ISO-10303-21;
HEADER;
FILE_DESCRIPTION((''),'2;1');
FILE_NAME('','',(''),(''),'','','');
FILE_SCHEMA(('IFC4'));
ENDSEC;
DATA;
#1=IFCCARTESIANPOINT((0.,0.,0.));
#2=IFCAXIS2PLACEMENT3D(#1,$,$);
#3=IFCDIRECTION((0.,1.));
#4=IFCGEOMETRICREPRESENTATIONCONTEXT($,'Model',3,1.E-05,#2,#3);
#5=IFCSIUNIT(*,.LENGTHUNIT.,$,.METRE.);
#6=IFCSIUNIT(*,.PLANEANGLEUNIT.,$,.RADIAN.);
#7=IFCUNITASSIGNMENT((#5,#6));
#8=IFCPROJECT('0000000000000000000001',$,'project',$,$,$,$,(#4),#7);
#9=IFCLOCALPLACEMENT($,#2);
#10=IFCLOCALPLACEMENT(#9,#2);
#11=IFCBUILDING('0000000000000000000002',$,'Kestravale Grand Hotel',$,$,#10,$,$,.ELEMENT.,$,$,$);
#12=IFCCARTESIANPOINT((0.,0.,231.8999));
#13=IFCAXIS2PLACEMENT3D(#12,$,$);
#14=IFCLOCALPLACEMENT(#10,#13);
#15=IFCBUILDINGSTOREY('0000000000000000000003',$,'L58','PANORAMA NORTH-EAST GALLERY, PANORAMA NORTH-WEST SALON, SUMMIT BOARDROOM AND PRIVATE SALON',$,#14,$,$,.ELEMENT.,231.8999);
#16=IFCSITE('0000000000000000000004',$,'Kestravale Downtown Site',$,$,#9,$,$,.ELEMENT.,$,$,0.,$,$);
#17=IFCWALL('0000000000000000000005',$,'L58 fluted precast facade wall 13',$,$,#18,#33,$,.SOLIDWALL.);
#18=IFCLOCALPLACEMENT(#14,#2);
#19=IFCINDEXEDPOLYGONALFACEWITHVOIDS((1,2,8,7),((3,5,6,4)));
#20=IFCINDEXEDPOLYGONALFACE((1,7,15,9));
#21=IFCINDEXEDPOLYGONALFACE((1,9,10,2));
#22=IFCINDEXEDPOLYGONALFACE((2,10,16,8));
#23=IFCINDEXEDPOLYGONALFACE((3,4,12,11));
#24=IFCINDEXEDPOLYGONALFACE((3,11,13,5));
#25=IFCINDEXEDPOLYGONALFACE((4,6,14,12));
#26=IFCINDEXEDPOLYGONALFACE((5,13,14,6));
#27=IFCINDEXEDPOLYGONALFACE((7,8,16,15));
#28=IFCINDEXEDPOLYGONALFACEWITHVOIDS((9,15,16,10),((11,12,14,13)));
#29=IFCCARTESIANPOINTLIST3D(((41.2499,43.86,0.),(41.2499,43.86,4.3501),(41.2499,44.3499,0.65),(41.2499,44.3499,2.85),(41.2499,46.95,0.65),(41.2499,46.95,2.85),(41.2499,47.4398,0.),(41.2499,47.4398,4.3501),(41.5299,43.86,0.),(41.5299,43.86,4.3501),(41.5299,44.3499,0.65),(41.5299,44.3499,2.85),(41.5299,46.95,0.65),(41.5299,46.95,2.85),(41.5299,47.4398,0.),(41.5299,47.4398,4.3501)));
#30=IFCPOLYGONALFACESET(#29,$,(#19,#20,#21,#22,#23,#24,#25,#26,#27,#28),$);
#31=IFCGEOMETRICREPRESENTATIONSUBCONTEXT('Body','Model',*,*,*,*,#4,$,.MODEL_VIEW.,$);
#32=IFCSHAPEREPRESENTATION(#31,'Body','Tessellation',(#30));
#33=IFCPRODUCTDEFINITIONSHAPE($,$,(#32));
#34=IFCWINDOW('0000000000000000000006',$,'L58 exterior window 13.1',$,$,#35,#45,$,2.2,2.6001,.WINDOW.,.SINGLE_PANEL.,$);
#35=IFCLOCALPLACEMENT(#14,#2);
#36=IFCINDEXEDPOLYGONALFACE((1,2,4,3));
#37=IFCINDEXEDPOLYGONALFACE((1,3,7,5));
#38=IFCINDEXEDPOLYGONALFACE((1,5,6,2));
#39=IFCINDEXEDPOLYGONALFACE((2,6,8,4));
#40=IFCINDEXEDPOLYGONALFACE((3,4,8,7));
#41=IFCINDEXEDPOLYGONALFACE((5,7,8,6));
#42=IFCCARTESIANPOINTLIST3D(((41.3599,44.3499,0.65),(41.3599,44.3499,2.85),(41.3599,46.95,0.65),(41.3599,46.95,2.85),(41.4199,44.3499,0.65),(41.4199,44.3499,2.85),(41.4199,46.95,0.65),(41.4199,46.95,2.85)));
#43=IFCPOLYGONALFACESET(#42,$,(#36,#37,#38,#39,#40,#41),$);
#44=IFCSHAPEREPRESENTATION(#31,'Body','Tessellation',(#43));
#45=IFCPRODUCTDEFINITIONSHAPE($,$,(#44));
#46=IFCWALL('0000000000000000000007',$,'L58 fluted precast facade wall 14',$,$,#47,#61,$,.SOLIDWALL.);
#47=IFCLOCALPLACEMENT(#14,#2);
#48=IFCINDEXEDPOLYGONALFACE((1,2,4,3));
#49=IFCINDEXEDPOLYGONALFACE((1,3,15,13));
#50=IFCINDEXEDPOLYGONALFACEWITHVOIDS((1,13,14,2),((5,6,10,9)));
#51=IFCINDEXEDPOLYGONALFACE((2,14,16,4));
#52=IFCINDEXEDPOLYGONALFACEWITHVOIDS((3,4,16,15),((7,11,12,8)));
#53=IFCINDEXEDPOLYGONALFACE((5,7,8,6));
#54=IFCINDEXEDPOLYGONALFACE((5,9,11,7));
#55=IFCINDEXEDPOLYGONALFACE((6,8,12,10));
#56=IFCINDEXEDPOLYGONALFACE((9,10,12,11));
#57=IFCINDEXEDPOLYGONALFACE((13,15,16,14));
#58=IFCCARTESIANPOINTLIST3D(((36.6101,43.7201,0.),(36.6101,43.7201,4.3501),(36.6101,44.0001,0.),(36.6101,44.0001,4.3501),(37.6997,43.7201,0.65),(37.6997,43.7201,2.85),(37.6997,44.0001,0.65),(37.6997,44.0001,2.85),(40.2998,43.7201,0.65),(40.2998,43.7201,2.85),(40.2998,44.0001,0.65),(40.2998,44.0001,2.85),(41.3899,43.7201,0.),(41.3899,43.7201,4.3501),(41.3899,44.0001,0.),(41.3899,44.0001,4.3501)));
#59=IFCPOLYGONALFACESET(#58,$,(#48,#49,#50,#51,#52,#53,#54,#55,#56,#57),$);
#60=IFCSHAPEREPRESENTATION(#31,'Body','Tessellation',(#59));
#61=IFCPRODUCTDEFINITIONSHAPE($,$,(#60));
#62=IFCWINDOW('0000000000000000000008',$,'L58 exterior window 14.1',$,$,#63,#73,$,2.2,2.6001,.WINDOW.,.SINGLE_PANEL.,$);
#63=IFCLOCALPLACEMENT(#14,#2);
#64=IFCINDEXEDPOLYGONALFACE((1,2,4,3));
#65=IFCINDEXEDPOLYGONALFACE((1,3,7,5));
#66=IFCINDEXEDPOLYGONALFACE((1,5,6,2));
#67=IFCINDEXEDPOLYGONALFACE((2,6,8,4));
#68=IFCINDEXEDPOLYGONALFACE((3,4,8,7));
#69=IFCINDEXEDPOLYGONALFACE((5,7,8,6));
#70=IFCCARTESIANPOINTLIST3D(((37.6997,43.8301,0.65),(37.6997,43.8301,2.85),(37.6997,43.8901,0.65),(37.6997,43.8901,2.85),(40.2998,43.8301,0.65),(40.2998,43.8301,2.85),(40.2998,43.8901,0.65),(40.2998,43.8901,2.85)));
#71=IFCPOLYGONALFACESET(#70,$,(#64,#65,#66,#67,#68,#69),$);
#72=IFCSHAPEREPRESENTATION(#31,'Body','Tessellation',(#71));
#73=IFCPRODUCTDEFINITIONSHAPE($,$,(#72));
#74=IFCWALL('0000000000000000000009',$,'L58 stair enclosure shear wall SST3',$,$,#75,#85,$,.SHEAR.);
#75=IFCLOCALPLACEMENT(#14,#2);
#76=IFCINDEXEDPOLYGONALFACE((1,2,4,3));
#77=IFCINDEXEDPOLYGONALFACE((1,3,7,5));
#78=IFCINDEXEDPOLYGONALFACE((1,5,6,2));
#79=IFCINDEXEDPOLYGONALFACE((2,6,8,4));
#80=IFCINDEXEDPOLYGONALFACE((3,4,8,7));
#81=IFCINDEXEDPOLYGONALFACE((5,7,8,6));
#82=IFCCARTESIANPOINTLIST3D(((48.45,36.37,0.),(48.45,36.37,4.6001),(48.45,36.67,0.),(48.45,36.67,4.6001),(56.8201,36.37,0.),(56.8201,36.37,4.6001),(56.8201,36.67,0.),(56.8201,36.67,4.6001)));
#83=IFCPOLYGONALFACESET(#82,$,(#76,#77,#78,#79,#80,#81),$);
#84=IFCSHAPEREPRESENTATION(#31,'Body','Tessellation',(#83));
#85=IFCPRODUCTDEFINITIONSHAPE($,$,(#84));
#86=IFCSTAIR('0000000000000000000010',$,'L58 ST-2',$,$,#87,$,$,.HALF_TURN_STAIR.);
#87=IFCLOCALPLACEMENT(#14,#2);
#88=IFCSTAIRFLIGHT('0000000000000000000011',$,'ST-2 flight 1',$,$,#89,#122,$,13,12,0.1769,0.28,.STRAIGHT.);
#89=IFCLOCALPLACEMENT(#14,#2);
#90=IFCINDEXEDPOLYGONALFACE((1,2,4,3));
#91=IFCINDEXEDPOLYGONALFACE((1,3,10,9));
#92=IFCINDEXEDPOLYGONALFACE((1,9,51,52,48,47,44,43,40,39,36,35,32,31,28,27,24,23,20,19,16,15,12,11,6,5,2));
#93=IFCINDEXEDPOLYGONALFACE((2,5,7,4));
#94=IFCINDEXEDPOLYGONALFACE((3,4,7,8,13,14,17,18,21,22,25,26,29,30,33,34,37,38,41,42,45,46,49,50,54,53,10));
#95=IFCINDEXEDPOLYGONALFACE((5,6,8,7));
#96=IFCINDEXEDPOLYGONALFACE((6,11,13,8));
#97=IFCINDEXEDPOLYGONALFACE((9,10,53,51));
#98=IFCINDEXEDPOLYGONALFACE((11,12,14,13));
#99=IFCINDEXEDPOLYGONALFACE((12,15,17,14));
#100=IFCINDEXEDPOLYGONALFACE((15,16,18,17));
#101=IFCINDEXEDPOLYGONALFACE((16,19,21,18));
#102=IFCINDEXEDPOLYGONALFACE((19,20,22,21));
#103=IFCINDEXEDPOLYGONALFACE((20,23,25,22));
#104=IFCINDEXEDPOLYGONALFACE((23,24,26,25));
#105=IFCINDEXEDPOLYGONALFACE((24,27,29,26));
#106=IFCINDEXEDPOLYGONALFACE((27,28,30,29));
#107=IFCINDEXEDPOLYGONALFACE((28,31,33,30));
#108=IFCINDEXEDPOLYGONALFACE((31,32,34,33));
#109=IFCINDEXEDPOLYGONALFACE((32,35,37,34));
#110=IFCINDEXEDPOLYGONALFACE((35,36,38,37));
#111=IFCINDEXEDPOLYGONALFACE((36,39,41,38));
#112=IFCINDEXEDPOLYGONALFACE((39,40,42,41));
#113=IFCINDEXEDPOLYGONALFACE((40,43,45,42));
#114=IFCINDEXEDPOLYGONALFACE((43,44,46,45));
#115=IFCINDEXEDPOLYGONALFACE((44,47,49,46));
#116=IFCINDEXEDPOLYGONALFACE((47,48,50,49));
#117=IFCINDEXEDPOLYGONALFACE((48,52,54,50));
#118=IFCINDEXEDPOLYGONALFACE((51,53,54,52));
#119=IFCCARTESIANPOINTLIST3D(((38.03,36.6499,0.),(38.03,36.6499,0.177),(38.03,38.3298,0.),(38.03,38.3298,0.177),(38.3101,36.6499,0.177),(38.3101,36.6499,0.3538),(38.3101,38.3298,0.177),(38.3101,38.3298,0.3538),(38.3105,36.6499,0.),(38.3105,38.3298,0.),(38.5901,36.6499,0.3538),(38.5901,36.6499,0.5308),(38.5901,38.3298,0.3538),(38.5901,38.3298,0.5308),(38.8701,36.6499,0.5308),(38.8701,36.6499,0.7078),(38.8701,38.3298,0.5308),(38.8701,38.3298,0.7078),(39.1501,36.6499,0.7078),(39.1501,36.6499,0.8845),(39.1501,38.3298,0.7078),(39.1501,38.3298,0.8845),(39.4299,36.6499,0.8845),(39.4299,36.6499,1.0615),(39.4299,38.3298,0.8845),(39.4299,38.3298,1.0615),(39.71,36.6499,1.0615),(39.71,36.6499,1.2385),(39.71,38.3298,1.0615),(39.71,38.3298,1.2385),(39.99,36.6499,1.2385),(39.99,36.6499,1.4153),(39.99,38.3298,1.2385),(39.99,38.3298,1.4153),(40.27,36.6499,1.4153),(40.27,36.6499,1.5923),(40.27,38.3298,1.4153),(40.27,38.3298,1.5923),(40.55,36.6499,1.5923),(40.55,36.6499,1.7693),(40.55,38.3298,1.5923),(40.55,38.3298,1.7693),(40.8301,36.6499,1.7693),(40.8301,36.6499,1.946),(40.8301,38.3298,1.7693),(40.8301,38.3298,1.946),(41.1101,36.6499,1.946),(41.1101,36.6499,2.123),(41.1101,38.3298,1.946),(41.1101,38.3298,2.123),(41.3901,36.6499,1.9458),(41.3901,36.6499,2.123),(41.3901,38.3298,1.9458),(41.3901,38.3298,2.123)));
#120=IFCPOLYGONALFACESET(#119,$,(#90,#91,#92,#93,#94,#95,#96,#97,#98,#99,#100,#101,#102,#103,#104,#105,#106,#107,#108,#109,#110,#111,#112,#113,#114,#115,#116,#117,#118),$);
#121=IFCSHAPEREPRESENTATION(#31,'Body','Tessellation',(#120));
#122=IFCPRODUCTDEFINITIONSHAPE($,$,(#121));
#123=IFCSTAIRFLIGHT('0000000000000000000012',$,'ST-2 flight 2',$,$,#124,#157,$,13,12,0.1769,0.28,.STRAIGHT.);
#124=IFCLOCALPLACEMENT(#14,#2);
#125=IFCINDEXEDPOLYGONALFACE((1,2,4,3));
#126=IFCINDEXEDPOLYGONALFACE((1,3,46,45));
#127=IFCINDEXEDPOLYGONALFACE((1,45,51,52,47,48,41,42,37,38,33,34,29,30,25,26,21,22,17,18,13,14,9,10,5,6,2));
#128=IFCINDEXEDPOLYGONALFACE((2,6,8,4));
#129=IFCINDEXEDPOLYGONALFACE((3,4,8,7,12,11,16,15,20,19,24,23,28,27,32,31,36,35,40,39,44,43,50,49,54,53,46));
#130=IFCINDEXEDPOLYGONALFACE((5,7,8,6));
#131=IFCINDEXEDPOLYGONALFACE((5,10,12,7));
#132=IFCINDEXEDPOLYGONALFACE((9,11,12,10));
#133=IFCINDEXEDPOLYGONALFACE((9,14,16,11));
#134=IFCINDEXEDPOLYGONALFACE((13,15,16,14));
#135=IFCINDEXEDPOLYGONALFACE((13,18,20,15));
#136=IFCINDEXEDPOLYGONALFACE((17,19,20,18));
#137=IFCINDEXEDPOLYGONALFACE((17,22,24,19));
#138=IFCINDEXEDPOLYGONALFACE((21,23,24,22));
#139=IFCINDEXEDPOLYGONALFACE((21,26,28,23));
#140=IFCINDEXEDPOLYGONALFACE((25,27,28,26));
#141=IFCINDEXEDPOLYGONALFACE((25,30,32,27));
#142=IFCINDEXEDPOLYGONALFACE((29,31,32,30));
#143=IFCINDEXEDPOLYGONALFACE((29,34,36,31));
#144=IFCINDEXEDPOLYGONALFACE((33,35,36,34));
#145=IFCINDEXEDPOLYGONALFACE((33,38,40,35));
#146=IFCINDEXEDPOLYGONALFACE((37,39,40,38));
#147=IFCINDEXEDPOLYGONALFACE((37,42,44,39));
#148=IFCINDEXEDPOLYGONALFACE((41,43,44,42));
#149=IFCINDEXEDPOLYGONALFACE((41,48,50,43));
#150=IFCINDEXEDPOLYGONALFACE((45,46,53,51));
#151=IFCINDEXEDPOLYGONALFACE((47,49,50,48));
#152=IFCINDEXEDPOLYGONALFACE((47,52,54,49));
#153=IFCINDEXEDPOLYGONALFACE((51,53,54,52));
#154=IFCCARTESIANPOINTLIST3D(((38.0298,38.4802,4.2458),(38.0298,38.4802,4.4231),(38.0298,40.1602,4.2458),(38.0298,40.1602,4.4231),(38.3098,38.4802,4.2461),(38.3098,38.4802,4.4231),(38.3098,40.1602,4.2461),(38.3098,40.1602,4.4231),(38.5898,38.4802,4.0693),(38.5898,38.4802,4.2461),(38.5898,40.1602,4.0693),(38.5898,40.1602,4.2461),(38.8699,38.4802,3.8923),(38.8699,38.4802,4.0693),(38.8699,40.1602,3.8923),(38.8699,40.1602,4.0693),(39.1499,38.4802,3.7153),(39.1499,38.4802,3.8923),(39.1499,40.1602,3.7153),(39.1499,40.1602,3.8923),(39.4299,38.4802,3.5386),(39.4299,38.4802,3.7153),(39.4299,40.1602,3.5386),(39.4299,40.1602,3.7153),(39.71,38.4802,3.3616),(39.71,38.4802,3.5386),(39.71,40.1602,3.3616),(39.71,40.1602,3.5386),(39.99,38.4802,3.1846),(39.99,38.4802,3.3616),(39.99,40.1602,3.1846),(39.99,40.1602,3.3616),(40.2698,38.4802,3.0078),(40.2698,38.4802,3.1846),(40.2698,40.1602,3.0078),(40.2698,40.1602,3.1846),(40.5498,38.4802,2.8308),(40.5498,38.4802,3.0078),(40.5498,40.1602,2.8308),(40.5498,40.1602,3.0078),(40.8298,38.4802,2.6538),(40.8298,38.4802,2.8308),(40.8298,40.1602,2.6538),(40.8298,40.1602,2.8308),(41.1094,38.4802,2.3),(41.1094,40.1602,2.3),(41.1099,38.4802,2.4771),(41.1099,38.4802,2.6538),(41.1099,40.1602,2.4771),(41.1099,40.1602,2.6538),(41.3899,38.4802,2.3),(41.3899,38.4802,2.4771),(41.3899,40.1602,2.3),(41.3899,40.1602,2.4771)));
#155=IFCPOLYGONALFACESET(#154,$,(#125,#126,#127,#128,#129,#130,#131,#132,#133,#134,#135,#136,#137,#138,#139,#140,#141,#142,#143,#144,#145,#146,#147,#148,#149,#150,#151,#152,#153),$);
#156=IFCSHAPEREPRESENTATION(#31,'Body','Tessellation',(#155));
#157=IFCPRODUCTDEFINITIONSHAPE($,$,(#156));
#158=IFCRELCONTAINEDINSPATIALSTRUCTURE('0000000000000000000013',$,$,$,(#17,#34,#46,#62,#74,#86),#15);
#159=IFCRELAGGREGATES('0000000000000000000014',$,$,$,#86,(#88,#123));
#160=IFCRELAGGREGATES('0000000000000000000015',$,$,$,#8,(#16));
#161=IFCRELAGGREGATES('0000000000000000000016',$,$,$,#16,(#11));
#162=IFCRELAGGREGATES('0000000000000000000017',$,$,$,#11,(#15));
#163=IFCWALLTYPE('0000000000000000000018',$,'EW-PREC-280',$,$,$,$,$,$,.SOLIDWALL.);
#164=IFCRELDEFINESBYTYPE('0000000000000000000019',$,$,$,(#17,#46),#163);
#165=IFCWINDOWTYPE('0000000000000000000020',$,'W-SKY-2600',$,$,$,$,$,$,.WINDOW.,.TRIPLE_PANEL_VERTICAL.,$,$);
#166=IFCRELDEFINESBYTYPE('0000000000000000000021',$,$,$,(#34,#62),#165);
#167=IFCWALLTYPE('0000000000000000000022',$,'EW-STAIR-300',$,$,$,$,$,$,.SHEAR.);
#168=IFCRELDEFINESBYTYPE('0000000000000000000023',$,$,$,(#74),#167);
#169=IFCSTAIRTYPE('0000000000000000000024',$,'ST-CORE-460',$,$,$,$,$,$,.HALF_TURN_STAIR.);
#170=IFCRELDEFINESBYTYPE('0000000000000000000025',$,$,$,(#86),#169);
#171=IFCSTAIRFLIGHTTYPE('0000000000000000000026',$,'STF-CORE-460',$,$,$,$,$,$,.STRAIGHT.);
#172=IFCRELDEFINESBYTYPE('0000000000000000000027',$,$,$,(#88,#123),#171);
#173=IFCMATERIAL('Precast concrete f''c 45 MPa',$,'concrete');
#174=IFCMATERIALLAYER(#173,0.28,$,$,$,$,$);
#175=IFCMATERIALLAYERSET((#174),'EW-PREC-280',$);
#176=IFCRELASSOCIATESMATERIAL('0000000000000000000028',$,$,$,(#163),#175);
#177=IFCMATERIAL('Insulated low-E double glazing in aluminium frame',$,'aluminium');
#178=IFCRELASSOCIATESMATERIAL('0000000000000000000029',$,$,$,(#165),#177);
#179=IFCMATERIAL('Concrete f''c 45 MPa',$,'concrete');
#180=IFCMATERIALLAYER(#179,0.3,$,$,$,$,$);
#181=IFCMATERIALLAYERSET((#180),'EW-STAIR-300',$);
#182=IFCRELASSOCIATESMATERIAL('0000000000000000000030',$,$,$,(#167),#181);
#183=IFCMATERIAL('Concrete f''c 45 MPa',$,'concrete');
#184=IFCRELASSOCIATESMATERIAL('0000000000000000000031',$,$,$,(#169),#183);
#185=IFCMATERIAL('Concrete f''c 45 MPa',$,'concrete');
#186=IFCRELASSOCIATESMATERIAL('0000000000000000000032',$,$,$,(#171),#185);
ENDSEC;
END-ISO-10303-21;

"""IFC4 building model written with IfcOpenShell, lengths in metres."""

from ifc_helpers import new_model, si_unit, direction, frame, frame_2d, origin, place, context, subcontext, project, spatial, polyline, rectangle, outline, extrude, material, layer, layer_set, type_object, element, fill, aggregate, save


model = new_model("IFC4")

# Units and contexts
model_context = context("Model", 3, precision=1e-05, world=origin(), true_north=direction((0.0, 1.0)))
body_context = subcontext(model_context, "Body", "Model", "MODEL_VIEW")
ifc_project = project(units=[si_unit("LENGTHUNIT", "METRE"), si_unit("PLANEANGLEUNIT", "RADIAN")], contexts=[model_context])

# Site, building, storey
site_placement = place(None, origin())
site = spatial("IfcSite", under=ifc_project, at=site_placement, Name="Kestravale Downtown Site", CompositionType="ELEMENT", RefElevation=0.0)
building_placement = place(site_placement, origin())
building = spatial("IfcBuilding", under=site, at=building_placement, Name="Kestravale Grand Hotel", CompositionType="ELEMENT")
storey_placement = place(building_placement, frame((0.0, 0.0, 231.8999)))
storey = spatial("IfcBuildingStorey", under=building, at=storey_placement, Name="L58", Description="PANORAMA NORTH-EAST GALLERY, PANORAMA NORTH-WEST SALON, SUMMIT BOARDROOM AND PRIVATE SALON", CompositionType="ELEMENT", Elevation=231.8999)

# Shared definitions
ifc_material_1 = material(Name="Precast concrete f'c 45 MPa", Category="concrete")
ifc_layer_1 = layer(ifc_material_1, 0.28)
ifc_layer_set_1 = layer_set([ifc_layer_1], Name="EW-PREC-280")
wall_type_1 = type_object("IfcWallType", Name="EW-PREC-280", PredefinedType="SOLIDWALL", material=ifc_layer_set_1)

# Walls, openings, windows
wall_1_placement = place(storey_placement, frame((41.3899, 47.4399, 0.0), z_axis=(0.0, 0.0, 1.0), x_axis=(0.0, -1.0, 0.0)))
wall_1 = element("IfcWall", 1, at=wall_1_placement, inside=storey, type_object=wall_type_1, Name="L58 fluted precast facade wall 13", PredefinedType="SOLIDWALL", context=body_context, shape_type="SweptSolid", body=[
    extrude(rectangle(XDim=3.5798, YDim=0.28, at=frame_2d((1.79, 0.0))), origin(), (0.0, 0.0, 1.0), 4.3501),
])
opening_1_placement = place(wall_1_placement, frame((0.49, 0.0, 0.6499)))
opening_1 = element("IfcOpeningElement", 2, at=opening_1_placement, cuts=wall_1, PredefinedType="OPENING", context=body_context, shape_type="SweptSolid", body=[
    extrude(rectangle(XDim=2.6001, YDim=2.2, at=frame_2d((1.3, 1.1001))), frame((0.0, 0.1499, 0.0), z_axis=(0.0, -1.0, 0.0), x_axis=(1.0, 0.0, 0.0)), (0.0, 0.0, 1.0), 0.3),
])
ifc_material_2 = material(Name="Insulated low-E double glazing in aluminium frame", Category="aluminium")
window_type = type_object("IfcWindowType", Name="W-SKY-2600", PartitioningType="TRIPLE_PANEL_VERTICAL", PredefinedType="WINDOW", material=ifc_material_2)
window_1_placement = place(opening_1_placement, origin())
window_1 = element("IfcWindow", 3, at=window_1_placement, inside=storey, type_object=window_type, Name="L58 exterior window 13.1", OverallHeight=2.2, OverallWidth=2.6001, PartitioningType="SINGLE_PANEL", PredefinedType="WINDOW", context=body_context, shape_type="SweptSolid", body=[
    extrude(rectangle(XDim=2.6001, YDim=2.2, at=frame_2d((1.3, 1.1001))), frame((0.0, 0.03, 0.0), z_axis=(0.0, -1.0, 0.0), x_axis=(1.0, 0.0, 0.0)), (0.0, 0.0, 1.0), 0.0601),
])
fill(opening_1, window_1)
wall_2_placement = place(storey_placement, frame((41.3899, 43.8601, 0.0), z_axis=(0.0, 0.0, 1.0), x_axis=(-1.0, 0.0, 0.0)))
wall_2 = element("IfcWall", 4, at=wall_2_placement, inside=storey, type_object=wall_type_1, Name="L58 fluted precast facade wall 14", PredefinedType="SOLIDWALL", context=body_context, shape_type="SweptSolid", body=[
    extrude(rectangle(XDim=4.7798, YDim=0.28, at=frame_2d((2.3899, 0.0))), origin(), (0.0, 0.0, 1.0), 4.3501),
])
opening_2_placement = place(wall_2_placement, frame((1.0901, 0.0, 0.6499)))
opening_2 = element("IfcOpeningElement", 5, at=opening_2_placement, cuts=wall_2, PredefinedType="OPENING", context=body_context, shape_type="SweptSolid", body=[
    extrude(rectangle(XDim=2.6001, YDim=2.2, at=frame_2d((1.3, 1.1001))), frame((0.0, 0.1499, 0.0), z_axis=(0.0, -1.0, 0.0), x_axis=(1.0, 0.0, 0.0)), (0.0, 0.0, 1.0), 0.3),
])
window_2_placement = place(opening_2_placement, origin())
window_2 = element("IfcWindow", 6, at=window_2_placement, inside=storey, type_object=window_type, Name="L58 exterior window 14.1", OverallHeight=2.2, OverallWidth=2.6001, PartitioningType="SINGLE_PANEL", PredefinedType="WINDOW", context=body_context, shape_type="SweptSolid", body=[
    extrude(rectangle(XDim=2.6001, YDim=2.2, at=frame_2d((1.3, 1.1001))), frame((0.0, 0.03, 0.0), z_axis=(0.0, -1.0, 0.0), x_axis=(1.0, 0.0, 0.0)), (0.0, 0.0, 1.0), 0.0601),
])
fill(opening_2, window_2)

# Wall
ifc_material_3 = material(Name="Concrete f'c 45 MPa", Category="concrete")
ifc_layer_2 = layer(ifc_material_3, 0.3)
ifc_layer_set_2 = layer_set([ifc_layer_2], Name="EW-STAIR-300")
wall_type_2 = type_object("IfcWallType", Name="EW-STAIR-300", PredefinedType="SHEAR", material=ifc_layer_set_2)
wall_3_placement = place(storey_placement, frame((48.45, 36.52, 0.0), z_axis=(0.0, 0.0, 1.0), x_axis=(1.0, 0.0, 0.0)))
element("IfcWall", 7, at=wall_3_placement, inside=storey, type_object=wall_type_2, Name="L58 stair enclosure shear wall SST3", PredefinedType="SHEAR", context=body_context, shape_type="SweptSolid", body=[
    extrude(rectangle(XDim=8.3701, YDim=0.3, at=frame_2d((4.1851, 0.0))), origin(), (0.0, 0.0, 1.0), 4.6001),
])

# Stair, stair flights
ifc_material_4 = material(Name="Concrete f'c 45 MPa", Category="concrete")
stair_type = type_object("IfcStairType", Name="ST-CORE-460", PredefinedType="HALF_TURN_STAIR", material=ifc_material_4)
stair_placement = place(storey_placement, origin())
stair = element("IfcStair", 8, at=stair_placement, inside=storey, type_object=stair_type, Name="L58 ST-2", PredefinedType="HALF_TURN_STAIR")
ifc_material_5 = material(Name="Concrete f'c 45 MPa", Category="concrete")
stair_flight_type = type_object("IfcStairFlightType", Name="STF-CORE-460", PredefinedType="STRAIGHT", material=ifc_material_5)
stair_flight_1_placement = place(storey_placement, frame((38.03, 37.49, 0.0), z_axis=(0.0, 0.0, 1.0), x_axis=(1.0, 0.0, 0.0)))
stair_flight_1 = element("IfcStairFlight", 9, at=stair_flight_1_placement, type_object=stair_flight_type, Name="ST-2 flight 1", NumberOfRisers=13, NumberOfTreads=12, PredefinedType="STRAIGHT", RiserHeight=0.1769, TreadLength=0.28, context=body_context, shape_type="SweptSolid", body=[
    extrude(outline(polyline([(0.0, 0.0), (0.0, 0.177), (0.28, 0.177), (0.28, 0.3538), (0.5601, 0.3538), (0.5601, 0.5308), (0.8401, 0.5308), (0.8401, 0.7078), (1.1201, 0.7078), (1.1201, 0.8845), (1.3999, 0.8845), (1.3999, 1.0615), (1.6799, 1.0615), (1.6799, 1.2385), (1.96, 1.2385), (1.96, 1.4153), (2.24, 1.4153), (2.24, 1.5923), (2.52, 1.5923), (2.52, 1.7693), (2.8, 1.7693), (2.8, 1.946), (3.0801, 1.946), (3.0801, 2.123), (3.3601, 2.123), (3.3601, 2.3), (3.3601, 1.9458), (0.2805, 0.0), (0.0, 0.0)])), frame((0.0, 0.8398, 0.0), z_axis=(0.0, -1.0, 0.0), x_axis=(1.0, 0.0, 0.0)), (0.0, 0.0, 1.0), 1.6799),
])
stair_flight_2_placement = place(storey_placement, frame((41.3899, 39.3201, 2.3), z_axis=(0.0, 0.0, 1.0), x_axis=(-1.0, 0.0, 0.0)))
stair_flight_2 = element("IfcStairFlight", 10, at=stair_flight_2_placement, type_object=stair_flight_type, Name="ST-2 flight 2", NumberOfRisers=13, NumberOfTreads=12, PredefinedType="STRAIGHT", RiserHeight=0.1769, TreadLength=0.28, context=body_context, shape_type="SweptSolid", body=[
    extrude(outline(polyline([(0.0, 0.0), (0.0, 0.177), (0.28, 0.177), (0.28, 0.3538), (0.5601, 0.3538), (0.5601, 0.5308), (0.8401, 0.5308), (0.8401, 0.7078), (1.1201, 0.7078), (1.1201, 0.8845), (1.3999, 0.8845), (1.3999, 1.0615), (1.6799, 1.0615), (1.6799, 1.2385), (1.96, 1.2385), (1.96, 1.4153), (2.24, 1.4153), (2.24, 1.5923), (2.52, 1.5923), (2.52, 1.7693), (2.8, 1.7693), (2.8, 1.946), (3.0801, 1.946), (3.0801, 2.123), (3.3601, 2.123), (3.3601, 2.3), (3.3601, 1.9458), (0.2805, 0.0), (0.0, 0.0)])), frame((0.0, 0.8398, 0.0), z_axis=(0.0, -1.0, 0.0), x_axis=(1.0, 0.0, 0.0)), (0.0, 0.0, 1.0), 1.6799),
])
aggregate(stair, [stair_flight_1, stair_flight_2])

save(model, "model.ifc")
